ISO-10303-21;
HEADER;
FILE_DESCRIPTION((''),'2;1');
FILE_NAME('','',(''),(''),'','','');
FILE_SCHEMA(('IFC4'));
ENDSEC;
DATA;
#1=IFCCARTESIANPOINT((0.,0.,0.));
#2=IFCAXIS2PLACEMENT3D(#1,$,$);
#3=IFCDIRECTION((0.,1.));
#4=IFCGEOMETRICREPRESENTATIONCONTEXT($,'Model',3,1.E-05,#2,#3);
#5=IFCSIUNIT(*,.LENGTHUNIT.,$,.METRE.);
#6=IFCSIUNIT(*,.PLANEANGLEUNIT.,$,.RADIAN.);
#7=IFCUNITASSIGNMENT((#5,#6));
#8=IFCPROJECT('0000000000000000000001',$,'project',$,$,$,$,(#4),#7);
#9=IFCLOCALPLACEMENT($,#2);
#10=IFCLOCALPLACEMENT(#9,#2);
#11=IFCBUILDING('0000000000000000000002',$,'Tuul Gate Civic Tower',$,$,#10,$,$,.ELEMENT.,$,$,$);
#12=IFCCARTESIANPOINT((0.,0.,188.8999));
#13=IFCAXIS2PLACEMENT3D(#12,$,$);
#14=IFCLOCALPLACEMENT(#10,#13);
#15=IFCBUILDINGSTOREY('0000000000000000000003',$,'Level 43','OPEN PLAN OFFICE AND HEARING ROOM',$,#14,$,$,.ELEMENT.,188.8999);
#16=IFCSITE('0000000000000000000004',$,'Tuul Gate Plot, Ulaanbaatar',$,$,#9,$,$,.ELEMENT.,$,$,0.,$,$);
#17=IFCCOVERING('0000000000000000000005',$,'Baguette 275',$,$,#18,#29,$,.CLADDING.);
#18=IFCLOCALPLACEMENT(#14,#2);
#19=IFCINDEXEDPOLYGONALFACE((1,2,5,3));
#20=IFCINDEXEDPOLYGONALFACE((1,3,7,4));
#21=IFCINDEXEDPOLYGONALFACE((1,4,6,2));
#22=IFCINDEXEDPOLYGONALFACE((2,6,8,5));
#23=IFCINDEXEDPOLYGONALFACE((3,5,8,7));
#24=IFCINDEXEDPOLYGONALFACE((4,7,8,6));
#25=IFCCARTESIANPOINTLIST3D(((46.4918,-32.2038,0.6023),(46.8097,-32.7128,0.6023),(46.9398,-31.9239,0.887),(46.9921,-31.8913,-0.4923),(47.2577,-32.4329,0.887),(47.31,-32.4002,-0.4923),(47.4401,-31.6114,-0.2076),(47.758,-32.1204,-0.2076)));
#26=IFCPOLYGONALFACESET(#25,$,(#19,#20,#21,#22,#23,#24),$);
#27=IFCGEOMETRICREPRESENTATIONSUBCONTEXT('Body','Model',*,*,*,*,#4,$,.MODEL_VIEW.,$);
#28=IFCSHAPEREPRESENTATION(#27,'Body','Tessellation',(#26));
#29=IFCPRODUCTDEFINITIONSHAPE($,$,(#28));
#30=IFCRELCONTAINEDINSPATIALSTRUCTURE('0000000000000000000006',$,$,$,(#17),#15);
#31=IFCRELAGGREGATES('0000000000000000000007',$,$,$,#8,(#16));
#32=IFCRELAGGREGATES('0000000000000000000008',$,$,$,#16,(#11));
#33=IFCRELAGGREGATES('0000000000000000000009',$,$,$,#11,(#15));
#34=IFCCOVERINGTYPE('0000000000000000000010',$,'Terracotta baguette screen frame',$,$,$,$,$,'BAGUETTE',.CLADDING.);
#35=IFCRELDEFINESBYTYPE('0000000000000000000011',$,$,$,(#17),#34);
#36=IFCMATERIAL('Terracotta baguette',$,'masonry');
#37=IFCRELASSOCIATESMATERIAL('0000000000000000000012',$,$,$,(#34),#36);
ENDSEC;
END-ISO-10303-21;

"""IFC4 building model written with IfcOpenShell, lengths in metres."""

from ifc_helpers import new_model, si_unit, direction, frame, origin, origin_2d, place, context, subcontext, project, spatial, rectangle, extrude, material, material_profile, profile_set, type_object, element, save


model = new_model("IFC4")

# Units and contexts
model_context = context("Model", 3, precision=1e-05, world=origin(), true_north=direction((0.0, 1.0)))
body_context = subcontext(model_context, "Body", "Model", "MODEL_VIEW")
ifc_project = project(units=[si_unit("LENGTHUNIT", "METRE"), si_unit("PLANEANGLEUNIT", "RADIAN")], contexts=[model_context])

# Site, building, storey
site_placement = place(None, origin())
site = spatial("IfcSite", under=ifc_project, at=site_placement, Name="Tuul Gate Plot, Ulaanbaatar", CompositionType="ELEMENT", RefElevation=0.0)
building_placement = place(site_placement, origin())
building = spatial("IfcBuilding", under=site, at=building_placement, Name="Tuul Gate Civic Tower", CompositionType="ELEMENT")
storey_placement = place(building_placement, frame((0.0, 0.0, 188.8999)))
storey = spatial("IfcBuildingStorey", under=building, at=storey_placement, Name="Level 43", Description="OPEN PLAN OFFICE AND HEARING ROOM", CompositionType="ELEMENT", Elevation=188.8999)

# Covering
ifc_material_1 = material(Name="Terracotta baguette", Category="masonry")
ifc_material_profile_1 = material_profile(ifc_material_1, rectangle(XDim=0.6001, YDim=0.6001, at=origin_2d()), Name="Terracotta baguette screen frame")
ifc_profile_set_1 = profile_set([ifc_material_profile_1], Name="Terracotta baguette")
covering_type = type_object("IfcCoveringType", Name="Terracotta baguette screen frame", ElementType="BAGUETTE", PredefinedType="CLADDING", material=ifc_profile_set_1)
covering_1_placement = place(storey_placement, frame((46.8748, -32.3184, 0.7446), z_axis=(0.402352, 0.251347, -0.880305), x_axis=(-0.529813, 0.848115, 0.0)))
element("IfcCovering", 1, at=covering_1_placement, inside=storey, type_object=covering_type, Name="Baguette 275", PredefinedType="CLADDING", context=body_context, shape_type="SweptSolid", body=[
    extrude(rectangle(XDim=0.6001, YDim=0.6001, at=origin_2d()), origin(), (0.0, 0.0, 1.0), 1.2434),
])

save(model, "model.ifc")
